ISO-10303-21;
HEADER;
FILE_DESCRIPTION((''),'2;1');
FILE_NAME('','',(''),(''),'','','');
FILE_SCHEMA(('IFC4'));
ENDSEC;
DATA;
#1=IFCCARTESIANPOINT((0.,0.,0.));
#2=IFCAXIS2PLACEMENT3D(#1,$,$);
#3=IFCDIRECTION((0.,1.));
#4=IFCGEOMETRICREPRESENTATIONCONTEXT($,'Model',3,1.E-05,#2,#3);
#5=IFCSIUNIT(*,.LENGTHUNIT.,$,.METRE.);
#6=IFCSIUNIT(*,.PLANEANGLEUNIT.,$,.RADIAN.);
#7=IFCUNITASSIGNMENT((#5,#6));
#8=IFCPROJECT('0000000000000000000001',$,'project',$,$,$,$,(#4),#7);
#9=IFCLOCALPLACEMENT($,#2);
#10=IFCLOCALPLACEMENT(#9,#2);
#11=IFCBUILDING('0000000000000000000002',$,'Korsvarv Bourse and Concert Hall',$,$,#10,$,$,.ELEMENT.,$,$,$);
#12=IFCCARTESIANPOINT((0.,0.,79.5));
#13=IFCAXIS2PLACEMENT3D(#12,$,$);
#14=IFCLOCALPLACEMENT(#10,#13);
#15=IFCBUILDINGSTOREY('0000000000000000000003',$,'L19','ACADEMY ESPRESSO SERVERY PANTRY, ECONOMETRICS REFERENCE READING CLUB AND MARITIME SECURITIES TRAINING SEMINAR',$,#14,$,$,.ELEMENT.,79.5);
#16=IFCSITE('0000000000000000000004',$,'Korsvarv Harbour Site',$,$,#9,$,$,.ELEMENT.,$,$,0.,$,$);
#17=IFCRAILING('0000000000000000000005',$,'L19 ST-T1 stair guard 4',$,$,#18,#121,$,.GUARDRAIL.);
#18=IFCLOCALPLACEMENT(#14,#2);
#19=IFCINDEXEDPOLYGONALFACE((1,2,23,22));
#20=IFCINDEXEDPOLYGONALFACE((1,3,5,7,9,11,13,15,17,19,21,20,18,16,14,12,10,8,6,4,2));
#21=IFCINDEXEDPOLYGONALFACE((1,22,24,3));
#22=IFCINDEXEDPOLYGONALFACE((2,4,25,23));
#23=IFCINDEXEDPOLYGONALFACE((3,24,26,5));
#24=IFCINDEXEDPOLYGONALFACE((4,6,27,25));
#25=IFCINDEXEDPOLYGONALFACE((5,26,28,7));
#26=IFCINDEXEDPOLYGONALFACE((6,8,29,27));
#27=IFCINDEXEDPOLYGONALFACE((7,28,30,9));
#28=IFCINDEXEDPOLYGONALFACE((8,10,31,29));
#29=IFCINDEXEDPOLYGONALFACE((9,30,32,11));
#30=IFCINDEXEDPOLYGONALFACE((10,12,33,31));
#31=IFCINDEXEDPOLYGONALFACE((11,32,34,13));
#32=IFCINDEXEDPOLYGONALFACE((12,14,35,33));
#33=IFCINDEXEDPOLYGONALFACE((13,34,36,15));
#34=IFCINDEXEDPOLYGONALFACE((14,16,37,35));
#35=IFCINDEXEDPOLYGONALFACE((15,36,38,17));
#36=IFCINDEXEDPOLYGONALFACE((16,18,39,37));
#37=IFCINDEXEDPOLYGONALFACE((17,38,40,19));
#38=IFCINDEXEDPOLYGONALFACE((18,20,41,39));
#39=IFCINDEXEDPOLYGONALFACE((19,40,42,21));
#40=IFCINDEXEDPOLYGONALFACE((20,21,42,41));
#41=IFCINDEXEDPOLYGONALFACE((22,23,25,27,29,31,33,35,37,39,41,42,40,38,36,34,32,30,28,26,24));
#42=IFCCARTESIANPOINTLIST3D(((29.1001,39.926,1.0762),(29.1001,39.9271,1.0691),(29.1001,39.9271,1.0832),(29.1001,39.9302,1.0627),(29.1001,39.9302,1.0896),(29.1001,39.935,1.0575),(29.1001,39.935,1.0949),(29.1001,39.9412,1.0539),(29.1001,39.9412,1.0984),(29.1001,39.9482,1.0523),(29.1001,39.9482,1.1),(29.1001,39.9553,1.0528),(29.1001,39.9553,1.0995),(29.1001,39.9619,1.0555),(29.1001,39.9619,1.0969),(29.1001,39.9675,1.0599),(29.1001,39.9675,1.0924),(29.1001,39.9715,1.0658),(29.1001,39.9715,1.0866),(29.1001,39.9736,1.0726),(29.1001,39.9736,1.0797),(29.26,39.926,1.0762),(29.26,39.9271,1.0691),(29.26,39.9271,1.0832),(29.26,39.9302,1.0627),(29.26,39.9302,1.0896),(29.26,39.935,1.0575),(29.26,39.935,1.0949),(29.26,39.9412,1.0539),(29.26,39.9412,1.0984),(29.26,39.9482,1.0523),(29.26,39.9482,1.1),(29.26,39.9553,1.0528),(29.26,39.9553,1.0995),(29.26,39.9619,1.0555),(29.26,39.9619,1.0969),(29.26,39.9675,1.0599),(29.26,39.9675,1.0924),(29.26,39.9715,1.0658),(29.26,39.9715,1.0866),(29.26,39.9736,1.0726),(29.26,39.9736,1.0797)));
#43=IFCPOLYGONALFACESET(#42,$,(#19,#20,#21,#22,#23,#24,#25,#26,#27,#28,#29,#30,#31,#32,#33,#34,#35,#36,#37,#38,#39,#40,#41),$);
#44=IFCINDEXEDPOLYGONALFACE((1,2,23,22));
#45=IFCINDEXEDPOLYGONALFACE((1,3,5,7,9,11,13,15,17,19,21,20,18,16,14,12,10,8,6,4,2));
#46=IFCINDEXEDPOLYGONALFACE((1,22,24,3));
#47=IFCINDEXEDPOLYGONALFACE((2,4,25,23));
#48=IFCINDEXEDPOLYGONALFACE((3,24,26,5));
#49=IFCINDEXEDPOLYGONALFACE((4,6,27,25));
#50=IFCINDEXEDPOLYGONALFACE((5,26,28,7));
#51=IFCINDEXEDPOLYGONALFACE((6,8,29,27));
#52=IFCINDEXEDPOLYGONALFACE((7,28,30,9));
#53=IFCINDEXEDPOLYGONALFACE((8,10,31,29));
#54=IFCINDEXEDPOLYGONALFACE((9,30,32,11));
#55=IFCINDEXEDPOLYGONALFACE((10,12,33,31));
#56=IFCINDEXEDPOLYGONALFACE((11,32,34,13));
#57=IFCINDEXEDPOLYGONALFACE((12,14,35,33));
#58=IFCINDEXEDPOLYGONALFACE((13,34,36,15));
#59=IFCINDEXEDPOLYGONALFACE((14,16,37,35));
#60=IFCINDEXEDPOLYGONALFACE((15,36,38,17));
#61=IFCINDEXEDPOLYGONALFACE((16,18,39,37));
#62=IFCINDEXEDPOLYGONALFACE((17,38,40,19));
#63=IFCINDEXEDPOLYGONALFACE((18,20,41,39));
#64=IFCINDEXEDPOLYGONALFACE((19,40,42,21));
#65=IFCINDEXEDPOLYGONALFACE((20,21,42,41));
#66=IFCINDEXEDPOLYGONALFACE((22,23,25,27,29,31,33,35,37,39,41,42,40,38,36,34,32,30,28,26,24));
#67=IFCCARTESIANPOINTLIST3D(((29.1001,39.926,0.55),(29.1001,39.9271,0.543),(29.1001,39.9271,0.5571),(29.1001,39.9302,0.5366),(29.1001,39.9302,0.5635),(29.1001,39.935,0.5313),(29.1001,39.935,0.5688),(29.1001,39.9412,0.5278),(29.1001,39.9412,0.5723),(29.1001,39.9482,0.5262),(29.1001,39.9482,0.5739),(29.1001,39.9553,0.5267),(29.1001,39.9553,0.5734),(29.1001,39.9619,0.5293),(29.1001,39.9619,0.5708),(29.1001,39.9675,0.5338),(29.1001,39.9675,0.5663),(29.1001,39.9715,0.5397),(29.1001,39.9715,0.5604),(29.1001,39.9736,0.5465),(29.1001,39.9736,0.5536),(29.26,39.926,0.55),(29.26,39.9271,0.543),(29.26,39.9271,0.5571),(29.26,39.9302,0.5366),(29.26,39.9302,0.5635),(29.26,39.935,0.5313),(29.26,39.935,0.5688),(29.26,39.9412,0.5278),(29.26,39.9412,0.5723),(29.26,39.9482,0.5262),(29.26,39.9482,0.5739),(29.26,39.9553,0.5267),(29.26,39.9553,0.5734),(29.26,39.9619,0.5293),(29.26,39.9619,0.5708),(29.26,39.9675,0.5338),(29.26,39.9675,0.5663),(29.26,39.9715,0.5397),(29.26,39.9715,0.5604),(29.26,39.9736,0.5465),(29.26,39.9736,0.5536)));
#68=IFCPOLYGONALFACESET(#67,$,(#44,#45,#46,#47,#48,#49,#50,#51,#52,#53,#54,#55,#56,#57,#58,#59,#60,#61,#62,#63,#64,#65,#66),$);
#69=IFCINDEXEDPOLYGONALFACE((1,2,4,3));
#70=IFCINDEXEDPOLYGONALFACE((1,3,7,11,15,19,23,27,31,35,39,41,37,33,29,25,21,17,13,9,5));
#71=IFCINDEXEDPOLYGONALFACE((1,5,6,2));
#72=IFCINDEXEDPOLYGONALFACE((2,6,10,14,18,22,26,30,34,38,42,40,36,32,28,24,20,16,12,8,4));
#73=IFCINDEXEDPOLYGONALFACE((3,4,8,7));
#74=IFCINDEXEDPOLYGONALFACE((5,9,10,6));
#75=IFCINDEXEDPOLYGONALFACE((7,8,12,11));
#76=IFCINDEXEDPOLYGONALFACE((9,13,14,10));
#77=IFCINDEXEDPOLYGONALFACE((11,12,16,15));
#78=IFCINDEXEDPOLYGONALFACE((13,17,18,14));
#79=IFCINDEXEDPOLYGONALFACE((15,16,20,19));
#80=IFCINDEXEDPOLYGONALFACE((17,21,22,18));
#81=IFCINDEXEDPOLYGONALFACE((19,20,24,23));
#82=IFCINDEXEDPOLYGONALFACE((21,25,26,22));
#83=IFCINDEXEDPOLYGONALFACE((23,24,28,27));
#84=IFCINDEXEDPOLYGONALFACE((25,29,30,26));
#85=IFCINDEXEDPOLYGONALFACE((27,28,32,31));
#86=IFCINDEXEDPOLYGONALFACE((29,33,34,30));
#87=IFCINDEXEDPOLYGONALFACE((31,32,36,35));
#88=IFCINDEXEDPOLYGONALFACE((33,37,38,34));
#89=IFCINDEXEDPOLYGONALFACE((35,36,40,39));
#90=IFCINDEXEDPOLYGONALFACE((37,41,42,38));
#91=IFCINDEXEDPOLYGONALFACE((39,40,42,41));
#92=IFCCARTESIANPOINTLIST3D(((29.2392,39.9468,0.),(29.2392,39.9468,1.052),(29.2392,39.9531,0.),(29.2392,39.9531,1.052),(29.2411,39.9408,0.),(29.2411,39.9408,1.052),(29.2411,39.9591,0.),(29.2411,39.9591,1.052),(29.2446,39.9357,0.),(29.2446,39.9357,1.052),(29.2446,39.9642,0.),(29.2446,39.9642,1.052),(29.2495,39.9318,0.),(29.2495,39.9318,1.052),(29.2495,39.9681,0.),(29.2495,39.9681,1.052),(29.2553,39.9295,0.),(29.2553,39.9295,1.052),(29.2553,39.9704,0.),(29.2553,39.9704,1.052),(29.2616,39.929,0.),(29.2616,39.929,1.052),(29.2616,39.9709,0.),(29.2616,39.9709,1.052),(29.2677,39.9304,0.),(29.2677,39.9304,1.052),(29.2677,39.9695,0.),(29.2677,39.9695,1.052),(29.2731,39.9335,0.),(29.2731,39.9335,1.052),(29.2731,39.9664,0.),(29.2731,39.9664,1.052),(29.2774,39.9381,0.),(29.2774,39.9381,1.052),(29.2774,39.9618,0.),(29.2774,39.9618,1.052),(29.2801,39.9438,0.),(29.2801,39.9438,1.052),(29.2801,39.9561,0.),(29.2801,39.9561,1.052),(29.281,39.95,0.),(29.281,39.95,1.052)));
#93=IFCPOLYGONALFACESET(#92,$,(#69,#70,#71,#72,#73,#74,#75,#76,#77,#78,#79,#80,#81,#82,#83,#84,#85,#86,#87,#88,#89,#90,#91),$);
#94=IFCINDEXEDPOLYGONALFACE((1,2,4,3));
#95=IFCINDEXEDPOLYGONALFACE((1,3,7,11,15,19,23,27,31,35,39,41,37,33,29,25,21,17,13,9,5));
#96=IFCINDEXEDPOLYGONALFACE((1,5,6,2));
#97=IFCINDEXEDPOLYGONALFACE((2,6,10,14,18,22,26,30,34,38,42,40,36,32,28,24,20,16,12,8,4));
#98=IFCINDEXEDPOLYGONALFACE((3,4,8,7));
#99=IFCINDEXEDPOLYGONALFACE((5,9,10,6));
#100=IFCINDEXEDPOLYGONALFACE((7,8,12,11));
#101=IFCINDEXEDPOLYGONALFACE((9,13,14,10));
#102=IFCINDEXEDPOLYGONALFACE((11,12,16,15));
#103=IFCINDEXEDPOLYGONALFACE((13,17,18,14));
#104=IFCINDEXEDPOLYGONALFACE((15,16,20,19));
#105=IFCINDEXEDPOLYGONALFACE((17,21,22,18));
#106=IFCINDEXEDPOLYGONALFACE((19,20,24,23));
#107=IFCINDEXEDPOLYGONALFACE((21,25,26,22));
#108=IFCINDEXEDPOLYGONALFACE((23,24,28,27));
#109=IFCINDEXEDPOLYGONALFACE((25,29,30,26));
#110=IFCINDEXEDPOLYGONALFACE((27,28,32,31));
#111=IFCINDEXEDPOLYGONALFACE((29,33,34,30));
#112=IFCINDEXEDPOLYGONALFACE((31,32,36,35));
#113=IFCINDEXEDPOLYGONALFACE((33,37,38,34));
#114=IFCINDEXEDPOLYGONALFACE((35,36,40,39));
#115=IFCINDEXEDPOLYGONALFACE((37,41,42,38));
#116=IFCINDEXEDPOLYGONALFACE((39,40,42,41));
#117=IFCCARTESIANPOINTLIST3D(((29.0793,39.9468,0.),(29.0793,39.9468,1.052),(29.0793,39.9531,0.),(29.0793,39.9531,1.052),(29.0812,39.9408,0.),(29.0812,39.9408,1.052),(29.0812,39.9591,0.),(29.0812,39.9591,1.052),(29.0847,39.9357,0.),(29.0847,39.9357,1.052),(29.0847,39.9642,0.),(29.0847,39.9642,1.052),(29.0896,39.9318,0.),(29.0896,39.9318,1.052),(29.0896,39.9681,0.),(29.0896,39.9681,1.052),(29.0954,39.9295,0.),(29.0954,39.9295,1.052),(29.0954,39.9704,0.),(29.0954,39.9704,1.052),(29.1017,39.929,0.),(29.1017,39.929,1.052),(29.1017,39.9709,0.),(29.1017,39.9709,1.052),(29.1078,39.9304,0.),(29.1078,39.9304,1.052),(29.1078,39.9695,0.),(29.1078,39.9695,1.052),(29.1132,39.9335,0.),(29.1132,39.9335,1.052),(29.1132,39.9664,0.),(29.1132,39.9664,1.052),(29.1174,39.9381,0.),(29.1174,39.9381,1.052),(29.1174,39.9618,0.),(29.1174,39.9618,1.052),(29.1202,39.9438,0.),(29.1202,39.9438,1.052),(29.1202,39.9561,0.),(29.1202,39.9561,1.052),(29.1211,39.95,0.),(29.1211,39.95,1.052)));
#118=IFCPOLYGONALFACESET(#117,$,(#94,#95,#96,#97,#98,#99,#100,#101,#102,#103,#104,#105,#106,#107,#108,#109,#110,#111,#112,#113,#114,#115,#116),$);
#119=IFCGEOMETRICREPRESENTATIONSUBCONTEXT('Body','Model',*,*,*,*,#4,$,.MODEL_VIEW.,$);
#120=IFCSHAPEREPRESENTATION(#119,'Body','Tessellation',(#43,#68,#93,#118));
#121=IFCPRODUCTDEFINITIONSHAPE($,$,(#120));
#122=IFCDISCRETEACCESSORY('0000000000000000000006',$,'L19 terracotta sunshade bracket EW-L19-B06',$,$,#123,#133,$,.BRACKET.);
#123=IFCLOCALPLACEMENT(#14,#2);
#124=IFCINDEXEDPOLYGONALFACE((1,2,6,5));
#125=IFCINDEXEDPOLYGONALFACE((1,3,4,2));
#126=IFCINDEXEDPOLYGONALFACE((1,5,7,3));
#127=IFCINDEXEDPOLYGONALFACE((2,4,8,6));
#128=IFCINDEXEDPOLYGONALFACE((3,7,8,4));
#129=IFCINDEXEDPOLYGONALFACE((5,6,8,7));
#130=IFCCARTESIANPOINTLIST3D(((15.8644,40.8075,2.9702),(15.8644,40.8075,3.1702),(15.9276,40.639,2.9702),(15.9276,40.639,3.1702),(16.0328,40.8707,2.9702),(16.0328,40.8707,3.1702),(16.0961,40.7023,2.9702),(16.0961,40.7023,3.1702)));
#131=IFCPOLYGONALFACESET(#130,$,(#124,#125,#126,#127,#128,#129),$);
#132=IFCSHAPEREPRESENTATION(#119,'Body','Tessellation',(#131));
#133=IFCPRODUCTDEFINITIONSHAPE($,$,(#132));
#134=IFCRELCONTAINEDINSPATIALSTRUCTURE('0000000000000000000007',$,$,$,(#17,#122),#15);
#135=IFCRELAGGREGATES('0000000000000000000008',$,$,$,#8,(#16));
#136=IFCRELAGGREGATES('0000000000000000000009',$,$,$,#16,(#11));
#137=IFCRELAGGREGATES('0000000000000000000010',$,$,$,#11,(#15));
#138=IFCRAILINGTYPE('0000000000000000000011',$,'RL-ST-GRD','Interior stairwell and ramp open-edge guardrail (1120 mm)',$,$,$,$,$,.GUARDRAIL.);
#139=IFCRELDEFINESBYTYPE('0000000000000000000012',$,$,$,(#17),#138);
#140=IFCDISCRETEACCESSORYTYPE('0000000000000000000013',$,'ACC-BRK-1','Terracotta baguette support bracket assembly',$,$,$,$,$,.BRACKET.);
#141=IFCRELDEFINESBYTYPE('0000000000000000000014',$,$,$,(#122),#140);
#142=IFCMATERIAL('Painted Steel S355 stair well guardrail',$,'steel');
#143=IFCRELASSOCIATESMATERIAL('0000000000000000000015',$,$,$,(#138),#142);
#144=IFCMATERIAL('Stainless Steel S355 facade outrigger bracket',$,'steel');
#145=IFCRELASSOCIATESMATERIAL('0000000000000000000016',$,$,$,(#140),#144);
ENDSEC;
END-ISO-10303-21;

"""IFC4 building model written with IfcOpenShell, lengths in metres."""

from ifc_helpers import new_model, si_unit, direction, frame, origin, origin_2d, place, context, subcontext, project, spatial, rectangle, circle, extrude, source, transform, mapped, material, type_object, element, save


model = new_model("IFC4")

# Units and contexts
model_context = context("Model", 3, precision=1e-05, world=origin(), true_north=direction((0.0, 1.0)))
body_context = subcontext(model_context, "Body", "Model", "MODEL_VIEW")
ifc_project = project(units=[si_unit("LENGTHUNIT", "METRE"), si_unit("PLANEANGLEUNIT", "RADIAN")], contexts=[model_context])

# Site, building, storey
site_placement = place(None, origin())
site = spatial("IfcSite", under=ifc_project, at=site_placement, Name="Korsvarv Harbour Site", CompositionType="ELEMENT", RefElevation=0.0)
building_placement = place(site_placement, origin())
building = spatial("IfcBuilding", under=site, at=building_placement, Name="Korsvarv Bourse and Concert Hall", CompositionType="ELEMENT")
storey_placement = place(building_placement, frame((0.0, 0.0, 79.5)))
storey = spatial("IfcBuildingStorey", under=building, at=storey_placement, Name="L19", Description="ACADEMY ESPRESSO SERVERY PANTRY, ECONOMETRICS REFERENCE READING CLUB AND MARITIME SECURITIES TRAINING SEMINAR", CompositionType="ELEMENT", Elevation=79.5)

# Railing
ifc_material_1 = material(Name="Painted Steel S355 stair well guardrail", Category="steel")
railing_type = type_object("IfcRailingType", Name="RL-ST-GRD", Description="Interior stairwell and ramp open-edge guardrail (1120 mm)", PredefinedType="GUARDRAIL", material=ifc_material_1)
railing_1_placement = place(storey_placement, frame((29.26, 39.95, 0.0)))
element("IfcRailing", 1, at=railing_1_placement, inside=storey, type_object=railing_type, Name="L19 ST-T1 stair guard 4", PredefinedType="GUARDRAIL", context=body_context, shape_type="SweptSolid", body=[
    extrude(circle(Radius=0.0239, at=origin_2d()), frame((0.0, 0.0, 1.0762), z_axis=(-1.0, 0.0, 0.0), x_axis=(0.0, -1.0, 0.0)), (0.0, 0.0, 1.0), 0.1599),
    extrude(circle(Radius=0.0239, at=origin_2d()), frame((0.0, 0.0, 0.55), z_axis=(-1.0, 0.0, 0.0), x_axis=(0.0, -1.0, 0.0)), (0.0, 0.0, 1.0), 0.1599),
    extrude(circle(Radius=0.021, at=origin_2d()), origin(), (0.0, 0.0, 1.0), 1.052),
    extrude(circle(Radius=0.021, at=origin_2d()), frame((-0.1599, 0.0, 0.0)), (0.0, 0.0, 1.0), 1.052),
])

# Discrete accessory
ifc_material_2 = material(Name="Stainless Steel S355 facade outrigger bracket", Category="steel")
discrete_accessory_type = type_object("IfcDiscreteAccessoryType", Name="ACC-BRK-1", Description="Terracotta baguette support bracket assembly", PredefinedType="BRACKET", material=ifc_material_2)
shared_shape_1 = source(origin(), body_context, "Body", "SweptSolid", [
    extrude(rectangle(XDim=0.1799, YDim=0.1799, at=origin_2d()), origin(), (0.0, 0.0, 1.0), 0.2),
])
discrete_accessory_placement = place(storey_placement, frame((15.9802, 40.7549, 2.9702), z_axis=(0.0, 0.0, 1.0), x_axis=(0.351515, -0.936182, 0.0)))
element("IfcDiscreteAccessory", 2, at=discrete_accessory_placement, inside=storey, type_object=discrete_accessory_type, Name="L19 terracotta sunshade bracket EW-L19-B06", PredefinedType="BRACKET", context=body_context, shape_type="MappedRepresentation", body=[
    mapped(shared_shape_1, transform((0.0, 0.0, 0.0), scale=1.0)),
])

save(model, "model.ifc")
